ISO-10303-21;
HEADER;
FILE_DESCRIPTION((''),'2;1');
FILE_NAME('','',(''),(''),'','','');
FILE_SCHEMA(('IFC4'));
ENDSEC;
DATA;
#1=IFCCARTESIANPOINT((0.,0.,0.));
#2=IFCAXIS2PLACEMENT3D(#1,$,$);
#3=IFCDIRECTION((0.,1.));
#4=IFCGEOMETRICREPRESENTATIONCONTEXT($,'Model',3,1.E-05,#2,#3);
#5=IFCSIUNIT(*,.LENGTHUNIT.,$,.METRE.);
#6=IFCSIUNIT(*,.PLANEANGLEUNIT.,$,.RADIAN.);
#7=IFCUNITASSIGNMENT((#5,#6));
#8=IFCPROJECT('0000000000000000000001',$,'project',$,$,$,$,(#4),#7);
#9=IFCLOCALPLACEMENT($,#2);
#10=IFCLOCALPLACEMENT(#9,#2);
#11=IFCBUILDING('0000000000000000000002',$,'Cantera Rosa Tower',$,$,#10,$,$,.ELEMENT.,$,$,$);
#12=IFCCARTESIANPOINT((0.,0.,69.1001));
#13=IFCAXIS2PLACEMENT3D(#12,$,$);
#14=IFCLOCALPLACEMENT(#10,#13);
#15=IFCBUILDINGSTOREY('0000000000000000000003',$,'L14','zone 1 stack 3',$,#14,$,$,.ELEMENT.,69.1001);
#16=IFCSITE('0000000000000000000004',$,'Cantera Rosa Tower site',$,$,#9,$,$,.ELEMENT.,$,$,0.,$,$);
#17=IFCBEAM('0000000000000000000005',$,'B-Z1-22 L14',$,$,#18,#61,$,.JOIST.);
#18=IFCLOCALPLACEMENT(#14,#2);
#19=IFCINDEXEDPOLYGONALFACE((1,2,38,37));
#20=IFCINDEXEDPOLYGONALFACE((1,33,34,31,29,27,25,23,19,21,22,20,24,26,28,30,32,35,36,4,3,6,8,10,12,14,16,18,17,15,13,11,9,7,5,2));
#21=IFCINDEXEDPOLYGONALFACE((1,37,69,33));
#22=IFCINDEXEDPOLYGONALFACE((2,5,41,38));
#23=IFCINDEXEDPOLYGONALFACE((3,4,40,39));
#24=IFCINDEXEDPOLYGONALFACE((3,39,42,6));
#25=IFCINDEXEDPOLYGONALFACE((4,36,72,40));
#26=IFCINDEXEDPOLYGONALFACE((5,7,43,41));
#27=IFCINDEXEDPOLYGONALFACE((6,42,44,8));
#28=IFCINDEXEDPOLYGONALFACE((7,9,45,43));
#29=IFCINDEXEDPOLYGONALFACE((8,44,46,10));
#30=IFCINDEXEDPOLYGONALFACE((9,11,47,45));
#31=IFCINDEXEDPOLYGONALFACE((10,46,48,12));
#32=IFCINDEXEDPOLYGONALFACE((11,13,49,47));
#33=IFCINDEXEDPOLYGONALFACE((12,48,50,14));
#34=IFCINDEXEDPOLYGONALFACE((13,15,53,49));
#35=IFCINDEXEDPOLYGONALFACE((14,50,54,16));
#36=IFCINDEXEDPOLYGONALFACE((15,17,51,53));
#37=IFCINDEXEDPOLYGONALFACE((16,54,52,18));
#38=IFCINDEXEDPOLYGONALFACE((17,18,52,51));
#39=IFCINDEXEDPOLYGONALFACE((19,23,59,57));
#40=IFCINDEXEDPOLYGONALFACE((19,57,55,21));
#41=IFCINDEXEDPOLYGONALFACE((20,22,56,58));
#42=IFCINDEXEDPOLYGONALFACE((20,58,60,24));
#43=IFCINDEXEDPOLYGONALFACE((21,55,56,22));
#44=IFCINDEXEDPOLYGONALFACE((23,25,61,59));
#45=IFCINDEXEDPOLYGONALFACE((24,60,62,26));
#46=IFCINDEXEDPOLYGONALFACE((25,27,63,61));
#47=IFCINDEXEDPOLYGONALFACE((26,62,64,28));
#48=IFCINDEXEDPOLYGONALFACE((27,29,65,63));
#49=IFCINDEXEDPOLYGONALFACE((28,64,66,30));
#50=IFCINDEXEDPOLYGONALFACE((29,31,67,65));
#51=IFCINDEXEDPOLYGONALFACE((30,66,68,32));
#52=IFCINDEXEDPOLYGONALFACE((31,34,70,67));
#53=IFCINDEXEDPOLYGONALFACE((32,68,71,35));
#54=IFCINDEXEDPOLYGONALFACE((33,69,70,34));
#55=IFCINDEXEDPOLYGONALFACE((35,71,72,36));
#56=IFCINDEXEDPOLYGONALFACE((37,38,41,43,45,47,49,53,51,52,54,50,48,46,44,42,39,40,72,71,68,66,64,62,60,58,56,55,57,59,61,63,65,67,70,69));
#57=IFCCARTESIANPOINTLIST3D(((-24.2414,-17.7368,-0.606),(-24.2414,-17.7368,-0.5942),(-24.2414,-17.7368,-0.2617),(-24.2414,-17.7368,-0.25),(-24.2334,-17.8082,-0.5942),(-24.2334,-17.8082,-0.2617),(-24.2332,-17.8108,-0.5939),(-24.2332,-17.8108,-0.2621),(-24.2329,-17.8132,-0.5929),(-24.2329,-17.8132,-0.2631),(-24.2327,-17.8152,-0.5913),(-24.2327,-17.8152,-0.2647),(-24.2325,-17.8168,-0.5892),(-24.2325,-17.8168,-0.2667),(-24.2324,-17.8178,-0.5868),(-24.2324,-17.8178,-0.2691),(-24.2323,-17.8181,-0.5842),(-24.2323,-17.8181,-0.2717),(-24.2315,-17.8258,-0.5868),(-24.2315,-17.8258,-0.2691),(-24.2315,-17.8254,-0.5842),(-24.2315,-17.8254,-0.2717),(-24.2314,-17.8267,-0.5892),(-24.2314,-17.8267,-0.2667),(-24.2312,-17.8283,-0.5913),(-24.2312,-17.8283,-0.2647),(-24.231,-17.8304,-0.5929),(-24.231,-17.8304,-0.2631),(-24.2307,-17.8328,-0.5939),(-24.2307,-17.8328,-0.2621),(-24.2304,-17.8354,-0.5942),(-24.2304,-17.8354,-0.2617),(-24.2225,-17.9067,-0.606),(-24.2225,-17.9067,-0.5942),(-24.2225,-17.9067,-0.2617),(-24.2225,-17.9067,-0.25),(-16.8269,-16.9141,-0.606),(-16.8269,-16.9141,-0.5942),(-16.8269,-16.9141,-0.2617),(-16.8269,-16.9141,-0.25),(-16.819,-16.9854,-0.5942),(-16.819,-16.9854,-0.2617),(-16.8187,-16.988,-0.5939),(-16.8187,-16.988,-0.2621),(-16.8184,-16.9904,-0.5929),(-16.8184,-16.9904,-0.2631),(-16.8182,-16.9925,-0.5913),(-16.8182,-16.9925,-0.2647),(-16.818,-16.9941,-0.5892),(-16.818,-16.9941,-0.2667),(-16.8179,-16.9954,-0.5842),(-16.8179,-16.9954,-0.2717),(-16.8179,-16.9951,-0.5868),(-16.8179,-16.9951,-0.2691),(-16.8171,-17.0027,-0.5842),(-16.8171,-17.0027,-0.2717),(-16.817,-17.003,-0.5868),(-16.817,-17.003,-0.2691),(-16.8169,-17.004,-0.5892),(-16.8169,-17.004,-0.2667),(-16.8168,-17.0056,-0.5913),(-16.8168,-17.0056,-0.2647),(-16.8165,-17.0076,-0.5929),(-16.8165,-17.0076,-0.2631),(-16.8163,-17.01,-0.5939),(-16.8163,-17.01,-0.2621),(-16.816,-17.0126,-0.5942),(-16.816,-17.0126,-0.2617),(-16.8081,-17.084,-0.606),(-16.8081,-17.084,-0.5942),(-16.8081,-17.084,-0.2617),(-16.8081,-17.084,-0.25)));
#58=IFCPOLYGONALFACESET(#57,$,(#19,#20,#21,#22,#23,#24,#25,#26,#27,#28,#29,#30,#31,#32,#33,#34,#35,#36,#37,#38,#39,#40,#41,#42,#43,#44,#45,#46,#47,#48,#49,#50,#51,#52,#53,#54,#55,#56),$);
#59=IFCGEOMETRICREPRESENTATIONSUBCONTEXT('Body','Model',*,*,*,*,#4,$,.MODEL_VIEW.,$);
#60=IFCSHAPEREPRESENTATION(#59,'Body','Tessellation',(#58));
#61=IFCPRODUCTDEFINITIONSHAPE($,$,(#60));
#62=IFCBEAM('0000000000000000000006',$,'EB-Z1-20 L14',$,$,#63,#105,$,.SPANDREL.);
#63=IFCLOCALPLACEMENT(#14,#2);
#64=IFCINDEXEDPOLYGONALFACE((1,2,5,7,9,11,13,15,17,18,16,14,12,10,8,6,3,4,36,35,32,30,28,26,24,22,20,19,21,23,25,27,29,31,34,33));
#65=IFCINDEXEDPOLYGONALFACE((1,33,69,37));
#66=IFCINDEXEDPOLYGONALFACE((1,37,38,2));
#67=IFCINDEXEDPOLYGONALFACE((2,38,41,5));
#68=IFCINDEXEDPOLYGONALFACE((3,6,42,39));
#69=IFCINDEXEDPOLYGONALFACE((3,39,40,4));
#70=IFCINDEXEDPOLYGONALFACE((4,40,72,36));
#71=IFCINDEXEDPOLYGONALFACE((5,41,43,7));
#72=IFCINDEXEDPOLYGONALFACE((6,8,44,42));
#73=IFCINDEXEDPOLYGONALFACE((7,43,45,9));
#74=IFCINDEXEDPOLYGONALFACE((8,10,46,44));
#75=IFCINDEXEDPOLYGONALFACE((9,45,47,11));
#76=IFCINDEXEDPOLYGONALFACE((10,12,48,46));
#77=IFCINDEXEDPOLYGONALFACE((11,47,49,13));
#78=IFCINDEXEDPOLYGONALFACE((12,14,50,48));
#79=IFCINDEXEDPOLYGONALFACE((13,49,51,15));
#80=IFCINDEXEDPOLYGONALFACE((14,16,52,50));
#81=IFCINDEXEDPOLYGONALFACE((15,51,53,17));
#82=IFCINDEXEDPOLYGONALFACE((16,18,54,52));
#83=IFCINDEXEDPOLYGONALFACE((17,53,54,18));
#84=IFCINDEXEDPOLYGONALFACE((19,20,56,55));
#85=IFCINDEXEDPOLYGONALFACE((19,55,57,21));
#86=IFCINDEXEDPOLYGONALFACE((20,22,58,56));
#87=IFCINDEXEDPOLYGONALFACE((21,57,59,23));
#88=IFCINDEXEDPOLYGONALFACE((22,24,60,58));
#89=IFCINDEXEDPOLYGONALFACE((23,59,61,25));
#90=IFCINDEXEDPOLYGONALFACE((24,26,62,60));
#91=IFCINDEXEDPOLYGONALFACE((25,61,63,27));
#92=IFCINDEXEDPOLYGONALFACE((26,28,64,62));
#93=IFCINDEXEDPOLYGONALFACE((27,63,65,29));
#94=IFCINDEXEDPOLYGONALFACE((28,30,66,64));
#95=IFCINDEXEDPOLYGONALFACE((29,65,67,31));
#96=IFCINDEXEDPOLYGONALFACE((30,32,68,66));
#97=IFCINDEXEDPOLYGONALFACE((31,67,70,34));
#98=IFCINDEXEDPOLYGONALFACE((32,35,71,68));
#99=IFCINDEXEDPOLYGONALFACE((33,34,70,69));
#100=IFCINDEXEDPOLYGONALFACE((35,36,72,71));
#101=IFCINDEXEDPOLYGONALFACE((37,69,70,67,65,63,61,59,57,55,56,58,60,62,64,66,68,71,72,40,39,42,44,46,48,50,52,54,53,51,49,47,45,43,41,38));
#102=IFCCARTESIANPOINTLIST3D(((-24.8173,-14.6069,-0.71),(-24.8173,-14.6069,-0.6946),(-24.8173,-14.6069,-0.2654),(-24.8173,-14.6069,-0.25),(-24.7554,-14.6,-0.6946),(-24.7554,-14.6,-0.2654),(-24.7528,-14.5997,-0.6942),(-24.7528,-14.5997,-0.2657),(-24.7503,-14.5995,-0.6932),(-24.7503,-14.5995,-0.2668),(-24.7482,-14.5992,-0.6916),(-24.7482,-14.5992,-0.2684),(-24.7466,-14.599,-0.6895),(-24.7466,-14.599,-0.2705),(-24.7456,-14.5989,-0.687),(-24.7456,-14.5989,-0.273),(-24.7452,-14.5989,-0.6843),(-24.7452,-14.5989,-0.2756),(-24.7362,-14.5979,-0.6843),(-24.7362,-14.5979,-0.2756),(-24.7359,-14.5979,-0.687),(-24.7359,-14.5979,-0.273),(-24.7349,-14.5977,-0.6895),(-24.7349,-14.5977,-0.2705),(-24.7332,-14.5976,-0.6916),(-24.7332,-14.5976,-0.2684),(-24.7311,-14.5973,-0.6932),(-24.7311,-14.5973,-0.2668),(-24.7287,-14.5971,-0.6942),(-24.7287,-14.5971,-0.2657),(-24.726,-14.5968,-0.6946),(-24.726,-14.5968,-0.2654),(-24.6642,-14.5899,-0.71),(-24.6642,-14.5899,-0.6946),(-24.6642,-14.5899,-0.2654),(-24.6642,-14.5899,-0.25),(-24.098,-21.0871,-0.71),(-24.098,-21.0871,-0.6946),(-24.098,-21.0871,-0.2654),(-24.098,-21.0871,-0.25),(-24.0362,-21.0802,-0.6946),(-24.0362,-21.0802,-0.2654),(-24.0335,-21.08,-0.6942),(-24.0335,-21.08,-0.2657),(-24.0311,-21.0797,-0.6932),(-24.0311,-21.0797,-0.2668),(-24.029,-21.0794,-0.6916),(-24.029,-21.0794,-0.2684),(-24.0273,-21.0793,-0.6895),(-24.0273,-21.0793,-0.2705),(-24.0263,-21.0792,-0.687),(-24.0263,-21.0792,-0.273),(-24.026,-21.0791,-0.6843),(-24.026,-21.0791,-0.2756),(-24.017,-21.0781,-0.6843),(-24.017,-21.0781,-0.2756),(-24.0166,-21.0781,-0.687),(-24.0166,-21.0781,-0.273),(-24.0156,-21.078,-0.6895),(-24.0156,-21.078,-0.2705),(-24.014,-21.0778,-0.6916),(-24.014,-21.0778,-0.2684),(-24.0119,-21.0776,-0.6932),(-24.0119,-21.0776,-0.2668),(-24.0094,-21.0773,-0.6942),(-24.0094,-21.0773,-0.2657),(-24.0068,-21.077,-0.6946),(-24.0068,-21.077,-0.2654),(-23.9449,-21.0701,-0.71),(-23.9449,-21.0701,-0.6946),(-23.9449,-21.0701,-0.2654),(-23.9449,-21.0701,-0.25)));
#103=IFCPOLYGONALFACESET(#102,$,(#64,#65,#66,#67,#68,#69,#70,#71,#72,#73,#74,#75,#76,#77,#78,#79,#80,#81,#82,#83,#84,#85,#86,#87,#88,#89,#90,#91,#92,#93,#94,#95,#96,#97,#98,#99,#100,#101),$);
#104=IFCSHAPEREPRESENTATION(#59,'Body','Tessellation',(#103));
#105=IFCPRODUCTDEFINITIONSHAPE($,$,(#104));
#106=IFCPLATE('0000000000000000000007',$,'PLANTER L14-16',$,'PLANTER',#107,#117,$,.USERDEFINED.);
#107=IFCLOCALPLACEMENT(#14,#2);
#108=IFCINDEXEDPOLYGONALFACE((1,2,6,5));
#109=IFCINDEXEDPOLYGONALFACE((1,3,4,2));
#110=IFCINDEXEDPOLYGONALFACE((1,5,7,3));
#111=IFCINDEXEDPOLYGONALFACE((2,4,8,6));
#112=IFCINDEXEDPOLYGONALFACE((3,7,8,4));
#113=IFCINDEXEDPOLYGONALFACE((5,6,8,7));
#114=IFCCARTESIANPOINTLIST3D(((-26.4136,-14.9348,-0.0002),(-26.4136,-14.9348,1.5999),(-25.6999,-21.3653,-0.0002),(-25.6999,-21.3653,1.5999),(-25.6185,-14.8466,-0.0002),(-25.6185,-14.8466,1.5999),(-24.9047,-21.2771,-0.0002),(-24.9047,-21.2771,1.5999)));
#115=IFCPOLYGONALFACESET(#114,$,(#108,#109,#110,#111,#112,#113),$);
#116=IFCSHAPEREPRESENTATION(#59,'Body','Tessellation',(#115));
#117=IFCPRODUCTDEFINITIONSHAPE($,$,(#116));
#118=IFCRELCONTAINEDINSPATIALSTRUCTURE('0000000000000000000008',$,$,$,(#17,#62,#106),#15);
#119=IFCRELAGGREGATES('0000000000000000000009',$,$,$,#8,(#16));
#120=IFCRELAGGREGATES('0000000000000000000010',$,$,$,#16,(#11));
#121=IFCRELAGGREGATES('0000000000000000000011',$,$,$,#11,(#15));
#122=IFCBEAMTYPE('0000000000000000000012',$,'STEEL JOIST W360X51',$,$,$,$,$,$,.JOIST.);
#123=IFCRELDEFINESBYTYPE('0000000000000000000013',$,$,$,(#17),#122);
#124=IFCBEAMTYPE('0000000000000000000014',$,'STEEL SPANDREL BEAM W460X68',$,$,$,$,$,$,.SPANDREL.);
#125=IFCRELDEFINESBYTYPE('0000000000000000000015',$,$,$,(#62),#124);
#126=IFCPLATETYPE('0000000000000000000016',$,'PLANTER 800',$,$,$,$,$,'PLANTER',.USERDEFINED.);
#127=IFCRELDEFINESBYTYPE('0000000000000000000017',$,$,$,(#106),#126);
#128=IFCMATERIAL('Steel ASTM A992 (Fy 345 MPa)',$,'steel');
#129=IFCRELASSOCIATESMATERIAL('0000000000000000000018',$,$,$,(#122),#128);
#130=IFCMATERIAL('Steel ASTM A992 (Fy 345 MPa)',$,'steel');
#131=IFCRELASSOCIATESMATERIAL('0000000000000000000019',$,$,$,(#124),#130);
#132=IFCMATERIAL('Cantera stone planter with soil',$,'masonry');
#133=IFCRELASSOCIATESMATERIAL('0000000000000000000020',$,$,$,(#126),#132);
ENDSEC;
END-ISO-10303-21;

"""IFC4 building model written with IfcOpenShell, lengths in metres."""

from ifc_helpers import new_model, si_unit, direction, frame, origin, origin_2d, place, context, subcontext, project, spatial, rectangle, i_section, extrude, material, material_profile, profile_set, type_object, element, save


model = new_model("IFC4")

# Units and contexts
model_context = context("Model", 3, precision=1e-05, world=origin(), true_north=direction((0.0, 1.0)))
body_context = subcontext(model_context, "Body", "Model", "MODEL_VIEW")
ifc_project = project(units=[si_unit("LENGTHUNIT", "METRE"), si_unit("PLANEANGLEUNIT", "RADIAN")], contexts=[model_context])

# Site, building, storey
site_placement = place(None, origin())
site = spatial("IfcSite", under=ifc_project, at=site_placement, Name="Cantera Rosa Tower site", CompositionType="ELEMENT", RefElevation=0.0)
building_placement = place(site_placement, origin())
building = spatial("IfcBuilding", under=site, at=building_placement, Name="Cantera Rosa Tower", CompositionType="ELEMENT")
storey_placement = place(building_placement, frame((0.0, 0.0, 69.1001)))
storey = spatial("IfcBuildingStorey", under=building, at=storey_placement, Name="L14", Description="zone 1 stack 3", CompositionType="ELEMENT", Elevation=69.1001)

# Beams
ifc_material_1 = material(Name="Steel ASTM A992 (Fy 345 MPa)", Category="steel")
ifc_material_profile_1 = material_profile(ifc_material_1, i_section(OverallWidth=0.1709, OverallDepth=0.356, WebThickness=0.0073, FlangeThickness=0.0117, FilletRadius=0.01, at=origin_2d()), Name="W360X51")
ifc_profile_set_1 = profile_set([ifc_material_profile_1], Name="Steel ASTM A992 (Fy 345 MPa)")
beam_type_1 = type_object("IfcBeamType", Name="STEEL JOIST W360X51", PredefinedType="JOIST", material=ifc_profile_set_1)
beam_1_placement = place(storey_placement, frame((-24.2319, -17.8218, -0.428), z_axis=(0.9939, 0.110288, 0.0), x_axis=(-0.110288, 0.9939, 0.0)))
element("IfcBeam", 1, at=beam_1_placement, inside=storey, type_object=beam_type_1, Name="B-Z1-22 L14", PredefinedType="JOIST", context=body_context, shape_type="SweptSolid", body=[
    extrude(i_section(OverallWidth=0.1709, OverallDepth=0.356, WebThickness=0.0073, FlangeThickness=0.0117, FilletRadius=0.01, at=origin_2d()), origin(), (0.0, 0.0, 1.0), 7.46),
])
ifc_material_2 = material(Name="Steel ASTM A992 (Fy 345 MPa)", Category="steel")
ifc_material_profile_2 = material_profile(ifc_material_2, i_section(OverallWidth=0.1541, OverallDepth=0.46, WebThickness=0.009, FlangeThickness=0.0154, FilletRadius=0.0103, at=origin_2d()), Name="W460X68")
ifc_profile_set_2 = profile_set([ifc_material_profile_2], Name="Steel ASTM A992 (Fy 345 MPa)")
beam_type_2 = type_object("IfcBeamType", Name="STEEL SPANDREL BEAM W460X68", PredefinedType="SPANDREL", material=ifc_profile_set_2)
beam_2_placement = place(storey_placement, frame((-24.7407, -14.5984, -0.48), z_axis=(0.110312, -0.993897, 0.0), x_axis=(0.993897, 0.110312, 0.0)))
element("IfcBeam", 2, at=beam_2_placement, inside=storey, type_object=beam_type_2, Name="EB-Z1-20 L14", PredefinedType="SPANDREL", context=body_context, shape_type="SweptSolid", body=[
    extrude(i_section(OverallWidth=0.1541, OverallDepth=0.46, WebThickness=0.009, FlangeThickness=0.0154, FilletRadius=0.0103, at=origin_2d()), origin(), (0.0, 0.0, 1.0), 6.52),
])

# Plate
ifc_material_3 = material(Name="Cantera stone planter with soil", Category="masonry")
plate_type = type_object("IfcPlateType", Name="PLANTER 800", ElementType="PLANTER", PredefinedType="USERDEFINED", material=ifc_material_3)
plate_placement = place(storey_placement, frame((-25.6592, -18.106, -0.0002), z_axis=(0.0, 0.0, 1.0), x_axis=(0.110313, -0.993897, 0.0)))
element("IfcPlate", 3, at=plate_placement, inside=storey, type_object=plate_type, Name="PLANTER L14-16", ObjectType="PLANTER", PredefinedType="USERDEFINED", context=body_context, shape_type="SweptSolid", body=[
    extrude(rectangle(XDim=6.47, YDim=0.8, at=origin_2d()), origin(), (0.0, 0.0, 1.0), 1.6001),
])

save(model, "model.ifc")
